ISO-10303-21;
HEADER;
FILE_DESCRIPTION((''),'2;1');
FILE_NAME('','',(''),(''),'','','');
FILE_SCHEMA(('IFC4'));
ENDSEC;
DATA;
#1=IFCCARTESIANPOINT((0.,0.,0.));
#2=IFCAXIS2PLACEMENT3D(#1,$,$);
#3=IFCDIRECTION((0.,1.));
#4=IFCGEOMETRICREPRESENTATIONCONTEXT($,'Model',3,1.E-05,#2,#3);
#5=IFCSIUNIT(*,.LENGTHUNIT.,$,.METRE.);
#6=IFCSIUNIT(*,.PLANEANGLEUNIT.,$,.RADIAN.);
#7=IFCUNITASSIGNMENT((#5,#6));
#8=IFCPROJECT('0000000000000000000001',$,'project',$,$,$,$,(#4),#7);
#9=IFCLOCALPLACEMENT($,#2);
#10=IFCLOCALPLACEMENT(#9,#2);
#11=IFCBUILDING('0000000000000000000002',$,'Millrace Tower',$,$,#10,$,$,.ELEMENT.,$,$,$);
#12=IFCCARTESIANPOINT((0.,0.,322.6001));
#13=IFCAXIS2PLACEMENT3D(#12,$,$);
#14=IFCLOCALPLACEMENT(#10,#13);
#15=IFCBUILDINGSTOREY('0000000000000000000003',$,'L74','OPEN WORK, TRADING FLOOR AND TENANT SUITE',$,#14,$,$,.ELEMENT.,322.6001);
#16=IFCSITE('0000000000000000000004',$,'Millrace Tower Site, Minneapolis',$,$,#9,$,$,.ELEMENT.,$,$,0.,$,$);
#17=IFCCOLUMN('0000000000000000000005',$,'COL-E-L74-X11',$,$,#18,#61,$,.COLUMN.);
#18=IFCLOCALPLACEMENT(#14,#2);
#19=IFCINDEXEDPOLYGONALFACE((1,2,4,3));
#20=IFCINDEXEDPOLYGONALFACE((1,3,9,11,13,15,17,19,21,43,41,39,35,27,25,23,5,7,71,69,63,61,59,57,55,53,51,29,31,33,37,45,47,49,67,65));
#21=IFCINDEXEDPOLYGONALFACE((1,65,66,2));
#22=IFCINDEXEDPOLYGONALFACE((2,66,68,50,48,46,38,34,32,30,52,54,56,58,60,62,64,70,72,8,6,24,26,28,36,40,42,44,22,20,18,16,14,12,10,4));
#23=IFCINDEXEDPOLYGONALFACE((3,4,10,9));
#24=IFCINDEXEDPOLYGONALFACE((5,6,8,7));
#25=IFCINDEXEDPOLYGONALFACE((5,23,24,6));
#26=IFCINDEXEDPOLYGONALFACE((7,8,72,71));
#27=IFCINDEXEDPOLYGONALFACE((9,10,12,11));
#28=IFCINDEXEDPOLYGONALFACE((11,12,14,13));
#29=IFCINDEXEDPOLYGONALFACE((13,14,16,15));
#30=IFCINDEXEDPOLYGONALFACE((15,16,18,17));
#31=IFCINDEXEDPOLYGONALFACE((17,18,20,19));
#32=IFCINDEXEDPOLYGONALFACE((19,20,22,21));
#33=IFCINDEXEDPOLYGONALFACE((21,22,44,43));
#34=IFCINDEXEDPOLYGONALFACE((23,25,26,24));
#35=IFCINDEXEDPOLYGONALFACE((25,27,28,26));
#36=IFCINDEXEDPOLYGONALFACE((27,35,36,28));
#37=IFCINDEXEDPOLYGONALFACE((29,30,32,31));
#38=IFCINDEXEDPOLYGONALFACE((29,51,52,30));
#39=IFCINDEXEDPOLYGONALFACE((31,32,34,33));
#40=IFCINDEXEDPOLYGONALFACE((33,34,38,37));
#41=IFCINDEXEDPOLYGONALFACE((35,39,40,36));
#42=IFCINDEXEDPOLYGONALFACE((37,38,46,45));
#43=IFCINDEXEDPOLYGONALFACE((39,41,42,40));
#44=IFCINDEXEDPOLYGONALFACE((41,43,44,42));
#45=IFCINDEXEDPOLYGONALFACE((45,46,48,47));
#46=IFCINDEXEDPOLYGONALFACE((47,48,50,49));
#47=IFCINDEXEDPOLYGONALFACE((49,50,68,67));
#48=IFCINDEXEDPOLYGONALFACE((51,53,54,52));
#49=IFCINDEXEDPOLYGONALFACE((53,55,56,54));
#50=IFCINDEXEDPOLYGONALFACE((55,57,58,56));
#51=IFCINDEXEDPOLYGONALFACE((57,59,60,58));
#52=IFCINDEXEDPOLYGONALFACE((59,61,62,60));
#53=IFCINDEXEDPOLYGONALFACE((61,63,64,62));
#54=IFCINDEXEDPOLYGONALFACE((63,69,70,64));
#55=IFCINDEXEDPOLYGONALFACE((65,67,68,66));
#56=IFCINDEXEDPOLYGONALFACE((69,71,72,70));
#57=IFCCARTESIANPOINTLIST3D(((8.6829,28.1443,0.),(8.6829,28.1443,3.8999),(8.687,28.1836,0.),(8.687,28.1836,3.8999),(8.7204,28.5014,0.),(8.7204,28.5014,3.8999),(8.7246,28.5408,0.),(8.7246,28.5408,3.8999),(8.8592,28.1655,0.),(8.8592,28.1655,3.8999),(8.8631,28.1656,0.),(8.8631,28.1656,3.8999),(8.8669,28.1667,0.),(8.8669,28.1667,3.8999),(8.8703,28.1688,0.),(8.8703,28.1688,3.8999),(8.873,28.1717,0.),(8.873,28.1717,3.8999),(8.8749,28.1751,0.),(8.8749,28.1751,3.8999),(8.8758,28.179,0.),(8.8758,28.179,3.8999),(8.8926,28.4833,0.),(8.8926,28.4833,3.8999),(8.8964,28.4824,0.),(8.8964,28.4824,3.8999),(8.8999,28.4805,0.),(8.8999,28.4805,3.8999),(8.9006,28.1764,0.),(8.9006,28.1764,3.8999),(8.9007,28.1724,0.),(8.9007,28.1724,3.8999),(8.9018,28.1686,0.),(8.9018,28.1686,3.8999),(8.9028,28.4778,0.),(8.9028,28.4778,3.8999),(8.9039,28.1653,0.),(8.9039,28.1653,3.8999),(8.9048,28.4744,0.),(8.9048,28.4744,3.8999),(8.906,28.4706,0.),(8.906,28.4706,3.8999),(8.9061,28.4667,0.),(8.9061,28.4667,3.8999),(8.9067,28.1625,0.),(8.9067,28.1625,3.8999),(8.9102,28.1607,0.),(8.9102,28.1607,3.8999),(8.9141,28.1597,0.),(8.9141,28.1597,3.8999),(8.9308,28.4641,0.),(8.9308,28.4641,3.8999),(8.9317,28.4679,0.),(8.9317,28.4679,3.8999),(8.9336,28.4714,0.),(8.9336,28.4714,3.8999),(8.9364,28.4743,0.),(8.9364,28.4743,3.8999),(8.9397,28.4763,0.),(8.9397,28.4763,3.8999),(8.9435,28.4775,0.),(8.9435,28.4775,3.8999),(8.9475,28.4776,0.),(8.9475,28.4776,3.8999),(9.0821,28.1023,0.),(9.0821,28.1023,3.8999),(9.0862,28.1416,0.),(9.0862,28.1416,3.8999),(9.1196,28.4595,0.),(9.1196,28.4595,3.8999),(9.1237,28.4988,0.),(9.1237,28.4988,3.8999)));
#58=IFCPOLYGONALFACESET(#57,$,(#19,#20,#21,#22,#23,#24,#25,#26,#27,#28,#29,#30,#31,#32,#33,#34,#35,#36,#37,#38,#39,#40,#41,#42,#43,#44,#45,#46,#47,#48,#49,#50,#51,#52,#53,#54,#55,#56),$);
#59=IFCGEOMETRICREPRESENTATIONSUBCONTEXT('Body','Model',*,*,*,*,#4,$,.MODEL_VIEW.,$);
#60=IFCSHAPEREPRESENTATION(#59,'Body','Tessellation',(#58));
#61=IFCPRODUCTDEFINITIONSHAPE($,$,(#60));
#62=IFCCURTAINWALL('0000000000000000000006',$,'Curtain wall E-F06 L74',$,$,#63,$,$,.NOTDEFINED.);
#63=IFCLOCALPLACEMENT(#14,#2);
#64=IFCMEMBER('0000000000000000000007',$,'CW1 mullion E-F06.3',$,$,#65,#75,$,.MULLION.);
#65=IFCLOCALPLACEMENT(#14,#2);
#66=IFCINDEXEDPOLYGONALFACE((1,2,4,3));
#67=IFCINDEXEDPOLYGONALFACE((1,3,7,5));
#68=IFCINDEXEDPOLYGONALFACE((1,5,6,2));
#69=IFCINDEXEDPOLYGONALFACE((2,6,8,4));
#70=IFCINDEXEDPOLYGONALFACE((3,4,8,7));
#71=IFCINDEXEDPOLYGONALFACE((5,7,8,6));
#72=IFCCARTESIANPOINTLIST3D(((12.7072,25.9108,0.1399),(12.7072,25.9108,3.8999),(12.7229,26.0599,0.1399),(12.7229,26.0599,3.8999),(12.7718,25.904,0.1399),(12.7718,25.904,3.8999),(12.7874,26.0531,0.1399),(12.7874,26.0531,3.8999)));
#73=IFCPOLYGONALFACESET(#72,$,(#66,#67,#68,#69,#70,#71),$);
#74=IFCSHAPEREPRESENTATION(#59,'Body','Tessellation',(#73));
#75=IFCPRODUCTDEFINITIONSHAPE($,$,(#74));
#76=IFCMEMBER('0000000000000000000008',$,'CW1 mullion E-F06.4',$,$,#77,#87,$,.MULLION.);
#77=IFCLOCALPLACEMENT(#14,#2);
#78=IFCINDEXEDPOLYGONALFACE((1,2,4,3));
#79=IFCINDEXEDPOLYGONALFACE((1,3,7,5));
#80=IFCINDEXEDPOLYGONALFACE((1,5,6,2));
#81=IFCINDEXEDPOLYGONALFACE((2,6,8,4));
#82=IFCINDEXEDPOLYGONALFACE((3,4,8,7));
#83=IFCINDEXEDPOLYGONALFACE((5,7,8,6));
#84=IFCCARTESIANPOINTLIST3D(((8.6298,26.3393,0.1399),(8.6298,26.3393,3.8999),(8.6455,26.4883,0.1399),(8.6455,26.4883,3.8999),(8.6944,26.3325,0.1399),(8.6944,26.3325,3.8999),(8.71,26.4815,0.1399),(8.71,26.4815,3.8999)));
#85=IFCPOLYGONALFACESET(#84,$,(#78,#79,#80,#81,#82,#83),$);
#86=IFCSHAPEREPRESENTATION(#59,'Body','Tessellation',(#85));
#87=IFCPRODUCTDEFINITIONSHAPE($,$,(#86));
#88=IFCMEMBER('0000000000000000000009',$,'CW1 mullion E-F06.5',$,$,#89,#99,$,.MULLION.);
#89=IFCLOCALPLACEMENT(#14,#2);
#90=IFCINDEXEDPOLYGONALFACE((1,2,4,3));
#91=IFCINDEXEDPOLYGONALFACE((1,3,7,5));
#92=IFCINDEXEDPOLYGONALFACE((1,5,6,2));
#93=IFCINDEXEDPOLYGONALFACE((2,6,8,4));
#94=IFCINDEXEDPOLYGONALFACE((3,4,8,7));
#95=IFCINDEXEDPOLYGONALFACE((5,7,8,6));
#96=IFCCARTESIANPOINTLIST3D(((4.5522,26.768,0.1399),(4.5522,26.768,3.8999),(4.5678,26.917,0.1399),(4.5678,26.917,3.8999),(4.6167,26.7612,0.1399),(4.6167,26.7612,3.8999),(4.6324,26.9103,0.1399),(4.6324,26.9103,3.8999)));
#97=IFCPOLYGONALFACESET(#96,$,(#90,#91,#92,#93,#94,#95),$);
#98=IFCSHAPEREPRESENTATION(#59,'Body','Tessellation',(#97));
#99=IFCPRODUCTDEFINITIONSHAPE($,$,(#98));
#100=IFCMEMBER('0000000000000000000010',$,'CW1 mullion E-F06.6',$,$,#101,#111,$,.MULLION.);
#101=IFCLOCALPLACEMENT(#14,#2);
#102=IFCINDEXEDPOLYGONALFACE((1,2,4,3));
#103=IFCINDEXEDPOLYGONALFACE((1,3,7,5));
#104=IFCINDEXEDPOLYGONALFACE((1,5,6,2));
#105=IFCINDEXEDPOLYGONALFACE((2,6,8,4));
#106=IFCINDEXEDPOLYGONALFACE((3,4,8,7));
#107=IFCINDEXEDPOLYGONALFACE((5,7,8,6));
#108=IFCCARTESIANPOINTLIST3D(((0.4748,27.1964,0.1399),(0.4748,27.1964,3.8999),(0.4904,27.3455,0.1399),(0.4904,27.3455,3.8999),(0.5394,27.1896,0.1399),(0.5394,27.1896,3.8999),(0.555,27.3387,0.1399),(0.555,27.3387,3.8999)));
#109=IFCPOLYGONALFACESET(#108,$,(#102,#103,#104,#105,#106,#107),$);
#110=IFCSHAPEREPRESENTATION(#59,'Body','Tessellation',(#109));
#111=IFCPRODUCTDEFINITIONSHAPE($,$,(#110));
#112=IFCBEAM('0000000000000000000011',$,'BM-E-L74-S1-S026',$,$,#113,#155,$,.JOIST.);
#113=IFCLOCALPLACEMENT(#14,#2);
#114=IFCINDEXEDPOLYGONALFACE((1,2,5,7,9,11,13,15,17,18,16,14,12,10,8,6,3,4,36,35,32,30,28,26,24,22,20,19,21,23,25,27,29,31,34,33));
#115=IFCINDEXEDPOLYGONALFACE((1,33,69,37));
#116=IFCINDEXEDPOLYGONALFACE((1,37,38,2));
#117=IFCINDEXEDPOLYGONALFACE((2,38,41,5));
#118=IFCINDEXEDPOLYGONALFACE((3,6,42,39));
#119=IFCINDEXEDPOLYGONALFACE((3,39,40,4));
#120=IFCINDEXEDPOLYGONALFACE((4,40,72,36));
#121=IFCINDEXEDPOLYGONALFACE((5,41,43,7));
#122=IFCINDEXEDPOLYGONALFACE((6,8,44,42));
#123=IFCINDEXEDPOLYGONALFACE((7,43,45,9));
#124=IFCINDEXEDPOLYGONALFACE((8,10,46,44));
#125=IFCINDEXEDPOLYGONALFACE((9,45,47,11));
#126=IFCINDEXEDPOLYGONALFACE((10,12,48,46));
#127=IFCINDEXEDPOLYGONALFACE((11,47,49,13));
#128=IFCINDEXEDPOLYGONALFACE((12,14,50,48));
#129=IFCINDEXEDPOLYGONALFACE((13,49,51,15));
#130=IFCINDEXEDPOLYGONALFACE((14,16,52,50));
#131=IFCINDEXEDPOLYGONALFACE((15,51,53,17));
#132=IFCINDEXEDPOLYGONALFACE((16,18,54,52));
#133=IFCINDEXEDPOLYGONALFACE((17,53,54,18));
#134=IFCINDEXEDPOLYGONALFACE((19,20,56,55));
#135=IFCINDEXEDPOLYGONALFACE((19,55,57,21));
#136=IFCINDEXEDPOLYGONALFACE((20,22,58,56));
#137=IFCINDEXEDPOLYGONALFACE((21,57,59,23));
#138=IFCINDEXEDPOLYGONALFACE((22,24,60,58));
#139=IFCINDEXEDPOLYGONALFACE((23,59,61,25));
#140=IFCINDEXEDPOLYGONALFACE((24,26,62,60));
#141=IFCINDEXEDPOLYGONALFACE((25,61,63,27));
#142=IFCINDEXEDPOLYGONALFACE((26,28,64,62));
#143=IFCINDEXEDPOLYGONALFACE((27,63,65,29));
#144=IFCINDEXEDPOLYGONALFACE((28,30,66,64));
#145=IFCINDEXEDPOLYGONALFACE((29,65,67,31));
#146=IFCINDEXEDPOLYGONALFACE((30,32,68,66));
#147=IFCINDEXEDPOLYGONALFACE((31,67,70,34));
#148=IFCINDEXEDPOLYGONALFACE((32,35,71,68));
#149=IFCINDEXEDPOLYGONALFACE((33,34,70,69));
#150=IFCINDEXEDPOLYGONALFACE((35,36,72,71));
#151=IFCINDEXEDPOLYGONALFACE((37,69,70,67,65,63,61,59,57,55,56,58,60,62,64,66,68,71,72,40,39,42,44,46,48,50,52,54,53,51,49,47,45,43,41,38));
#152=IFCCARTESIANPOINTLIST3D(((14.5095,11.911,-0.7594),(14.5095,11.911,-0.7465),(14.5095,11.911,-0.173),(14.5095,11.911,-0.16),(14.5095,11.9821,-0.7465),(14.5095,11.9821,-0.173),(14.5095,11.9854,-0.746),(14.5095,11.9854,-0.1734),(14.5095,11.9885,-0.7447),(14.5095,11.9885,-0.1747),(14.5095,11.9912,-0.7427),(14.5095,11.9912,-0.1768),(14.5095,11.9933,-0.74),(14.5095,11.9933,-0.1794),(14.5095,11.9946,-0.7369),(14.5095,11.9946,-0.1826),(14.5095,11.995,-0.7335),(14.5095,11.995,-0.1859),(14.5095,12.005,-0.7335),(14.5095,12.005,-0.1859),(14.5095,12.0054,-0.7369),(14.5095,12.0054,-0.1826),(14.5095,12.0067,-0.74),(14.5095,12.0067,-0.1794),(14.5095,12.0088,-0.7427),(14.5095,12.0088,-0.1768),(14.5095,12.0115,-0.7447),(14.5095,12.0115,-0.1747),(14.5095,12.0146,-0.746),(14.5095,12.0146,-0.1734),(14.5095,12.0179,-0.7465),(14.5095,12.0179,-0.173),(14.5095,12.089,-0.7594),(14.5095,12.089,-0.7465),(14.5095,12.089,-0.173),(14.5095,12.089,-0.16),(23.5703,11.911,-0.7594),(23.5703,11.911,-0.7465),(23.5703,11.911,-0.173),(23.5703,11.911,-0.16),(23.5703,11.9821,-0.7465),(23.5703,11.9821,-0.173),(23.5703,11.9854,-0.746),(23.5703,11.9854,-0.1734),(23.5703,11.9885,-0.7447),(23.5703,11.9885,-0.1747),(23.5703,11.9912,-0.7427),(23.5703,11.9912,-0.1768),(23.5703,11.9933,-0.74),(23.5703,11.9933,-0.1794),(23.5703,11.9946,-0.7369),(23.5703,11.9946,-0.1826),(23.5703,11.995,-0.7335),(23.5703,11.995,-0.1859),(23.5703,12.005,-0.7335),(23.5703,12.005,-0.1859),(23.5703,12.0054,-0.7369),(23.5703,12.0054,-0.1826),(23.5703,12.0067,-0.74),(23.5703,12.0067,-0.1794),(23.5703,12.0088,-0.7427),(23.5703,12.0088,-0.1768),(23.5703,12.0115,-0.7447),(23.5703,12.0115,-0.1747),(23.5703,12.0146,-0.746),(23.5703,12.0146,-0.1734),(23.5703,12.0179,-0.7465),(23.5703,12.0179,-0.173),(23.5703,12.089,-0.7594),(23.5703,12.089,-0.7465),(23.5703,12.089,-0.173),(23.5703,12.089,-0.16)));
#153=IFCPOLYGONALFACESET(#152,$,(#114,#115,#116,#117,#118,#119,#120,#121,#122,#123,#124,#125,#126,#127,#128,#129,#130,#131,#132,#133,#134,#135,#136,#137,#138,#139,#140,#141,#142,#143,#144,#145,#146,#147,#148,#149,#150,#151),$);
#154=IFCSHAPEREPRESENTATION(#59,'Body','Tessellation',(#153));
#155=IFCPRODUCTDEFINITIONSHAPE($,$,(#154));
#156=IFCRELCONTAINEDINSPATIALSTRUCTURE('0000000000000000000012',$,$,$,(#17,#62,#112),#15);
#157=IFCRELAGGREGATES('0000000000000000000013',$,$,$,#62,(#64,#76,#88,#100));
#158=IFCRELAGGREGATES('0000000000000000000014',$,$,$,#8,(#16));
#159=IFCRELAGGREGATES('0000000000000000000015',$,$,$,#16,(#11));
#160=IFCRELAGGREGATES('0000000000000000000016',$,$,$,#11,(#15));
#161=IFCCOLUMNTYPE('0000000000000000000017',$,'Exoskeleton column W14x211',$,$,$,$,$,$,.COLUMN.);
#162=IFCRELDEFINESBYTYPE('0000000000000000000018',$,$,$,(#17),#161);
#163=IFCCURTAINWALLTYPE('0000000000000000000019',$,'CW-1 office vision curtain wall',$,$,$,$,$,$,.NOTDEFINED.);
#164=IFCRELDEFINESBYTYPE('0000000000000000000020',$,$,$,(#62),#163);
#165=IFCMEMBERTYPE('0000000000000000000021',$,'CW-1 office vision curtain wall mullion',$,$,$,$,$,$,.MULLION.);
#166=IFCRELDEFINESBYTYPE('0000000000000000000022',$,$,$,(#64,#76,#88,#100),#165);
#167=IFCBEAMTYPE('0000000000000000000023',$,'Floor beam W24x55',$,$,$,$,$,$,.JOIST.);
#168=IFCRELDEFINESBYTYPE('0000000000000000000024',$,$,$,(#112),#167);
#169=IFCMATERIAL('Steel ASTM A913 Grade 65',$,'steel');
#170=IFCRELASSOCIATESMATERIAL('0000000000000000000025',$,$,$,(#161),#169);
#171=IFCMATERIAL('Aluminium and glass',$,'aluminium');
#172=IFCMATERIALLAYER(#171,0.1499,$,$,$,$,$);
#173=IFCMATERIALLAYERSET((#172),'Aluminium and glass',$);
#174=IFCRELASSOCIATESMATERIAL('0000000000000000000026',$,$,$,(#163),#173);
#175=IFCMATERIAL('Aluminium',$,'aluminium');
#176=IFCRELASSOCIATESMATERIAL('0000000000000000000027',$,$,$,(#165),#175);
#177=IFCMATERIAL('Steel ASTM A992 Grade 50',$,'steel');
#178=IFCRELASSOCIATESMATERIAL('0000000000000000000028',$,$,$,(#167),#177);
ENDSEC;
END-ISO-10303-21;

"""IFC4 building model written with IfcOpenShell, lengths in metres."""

from ifc_helpers import new_model, si_unit, direction, frame, origin, origin_2d, place, context, subcontext, project, spatial, rectangle, i_section, extrude, material, layer, layer_set, material_profile, profile_set, type_object, element, aggregate, save


model = new_model("IFC4")

# Units and contexts
model_context = context("Model", 3, precision=1e-05, world=origin(), true_north=direction((0.0, 1.0)))
body_context = subcontext(model_context, "Body", "Model", "MODEL_VIEW")
ifc_project = project(units=[si_unit("LENGTHUNIT", "METRE"), si_unit("PLANEANGLEUNIT", "RADIAN")], contexts=[model_context])

# Site, building, storey
site_placement = place(None, origin())
site = spatial("IfcSite", under=ifc_project, at=site_placement, Name="Millrace Tower Site, Minneapolis", CompositionType="ELEMENT", RefElevation=0.0)
building_placement = place(site_placement, origin())
building = spatial("IfcBuilding", under=site, at=building_placement, Name="Millrace Tower", CompositionType="ELEMENT")
storey_placement = place(building_placement, frame((0.0, 0.0, 322.6001)))
storey = spatial("IfcBuildingStorey", under=building, at=storey_placement, Name="L74", Description="OPEN WORK, TRADING FLOOR AND TENANT SUITE", CompositionType="ELEMENT", Elevation=322.6001)

# Column
ifc_material_1 = material(Name="Steel ASTM A913 Grade 65", Category="steel")
ifc_material_profile_1 = material_profile(ifc_material_1, i_section(OverallWidth=0.4014, OverallDepth=0.3987, WebThickness=0.0249, FlangeThickness=0.0396, FilletRadius=0.0151, at=origin_2d()))
ifc_profile_set_1 = profile_set([ifc_material_profile_1], Name="Steel ASTM A913 Grade 65")
column_type = type_object("IfcColumnType", Name="Exoskeleton column W14x211", PredefinedType="COLUMN", material=ifc_profile_set_1)
column_placement = place(storey_placement, frame((8.9033, 28.3215, 0.0), z_axis=(0.0, 0.0, 1.0), x_axis=(-0.994522, 0.104528, 0.0)))
element("IfcColumn", 1, at=column_placement, inside=storey, type_object=column_type, Name="COL-E-L74-X11", PredefinedType="COLUMN", context=body_context, shape_type="SweptSolid", body=[
    extrude(i_section(OverallWidth=0.4014, OverallDepth=0.3987, WebThickness=0.0249, FlangeThickness=0.0396, FilletRadius=0.0151, at=origin_2d()), origin(), (0.0, 0.0, 1.0), 3.8999),
])

# Curtain wall, members
ifc_material_2 = material(Name="Aluminium and glass", Category="aluminium")
ifc_layer_1 = layer(ifc_material_2, 0.1499)
ifc_layer_set_1 = layer_set([ifc_layer_1], Name="Aluminium and glass")
curtain_wall_type = type_object("IfcCurtainWallType", Name="CW-1 office vision curtain wall", PredefinedType="NOTDEFINED", material=ifc_layer_set_1)
curtain_wall_placement = place(storey_placement, origin())
curtain_wall = element("IfcCurtainWall", 2, at=curtain_wall_placement, inside=storey, type_object=curtain_wall_type, Name="Curtain wall E-F06 L74", PredefinedType="NOTDEFINED")
ifc_material_3 = material(Name="Aluminium", Category="aluminium")
ifc_material_profile_2 = material_profile(ifc_material_3, rectangle(XDim=0.0649, YDim=0.1499, at=origin_2d()))
ifc_profile_set_2 = profile_set([ifc_material_profile_2], Name="Aluminium")
member_type = type_object("IfcMemberType", Name="CW-1 office vision curtain wall mullion", PredefinedType="MULLION", material=ifc_profile_set_2)
member_1_placement = place(storey_placement, frame((12.7473, 25.9819, 0.1399), z_axis=(0.0, 0.0, 1.0), x_axis=(-0.994522, 0.104528, 0.0)))
member_1 = element("IfcMember", 3, at=member_1_placement, type_object=member_type, Name="CW1 mullion E-F06.3", PredefinedType="MULLION", context=body_context, shape_type="SweptSolid", body=[
    extrude(rectangle(XDim=0.0649, YDim=0.1499, at=origin_2d()), origin(), (0.0, 0.0, 1.0), 3.76),
])
member_2_placement = place(storey_placement, frame((8.6699, 26.4104, 0.1399), z_axis=(0.0, 0.0, 1.0), x_axis=(-0.994522, 0.104528, 0.0)))
member_2 = element("IfcMember", 4, at=member_2_placement, type_object=member_type, Name="CW1 mullion E-F06.4", PredefinedType="MULLION", context=body_context, shape_type="SweptSolid", body=[
    extrude(rectangle(XDim=0.0649, YDim=0.1499, at=origin_2d()), origin(), (0.0, 0.0, 1.0), 3.76),
])
member_3_placement = place(storey_placement, frame((4.5923, 26.8391, 0.1399), z_axis=(0.0, 0.0, 1.0), x_axis=(-0.994522, 0.104528, 0.0)))
member_3 = element("IfcMember", 5, at=member_3_placement, type_object=member_type, Name="CW1 mullion E-F06.5", PredefinedType="MULLION", context=body_context, shape_type="SweptSolid", body=[
    extrude(rectangle(XDim=0.0649, YDim=0.1499, at=origin_2d()), origin(), (0.0, 0.0, 1.0), 3.76),
])
member_4_placement = place(storey_placement, frame((0.5149, 27.2676, 0.1399), z_axis=(0.0, 0.0, 1.0), x_axis=(-0.994522, 0.104528, 0.0)))
member_4 = element("IfcMember", 6, at=member_4_placement, type_object=member_type, Name="CW1 mullion E-F06.6", PredefinedType="MULLION", context=body_context, shape_type="SweptSolid", body=[
    extrude(rectangle(XDim=0.0649, YDim=0.1499, at=origin_2d()), origin(), (0.0, 0.0, 1.0), 3.76),
])
aggregate(curtain_wall, [member_1, member_2, member_3, member_4])

# Beam
ifc_material_4 = material(Name="Steel ASTM A992 Grade 50", Category="steel")
ifc_material_profile_3 = material_profile(ifc_material_4, i_section(OverallWidth=0.178, OverallDepth=0.5994, WebThickness=0.01, FlangeThickness=0.0129, FilletRadius=0.0129, at=origin_2d()))
ifc_profile_set_3 = profile_set([ifc_material_profile_3], Name="Steel ASTM A992 Grade 50")
beam_type_1 = type_object("IfcBeamType", Name="Floor beam W24x55", PredefinedType="JOIST", material=ifc_profile_set_3)
beam_1_placement = place(storey_placement, frame((14.5095, 12.0, -0.4597), z_axis=(1.0, 0.0, 0.0), x_axis=(0.0, 1.0, 0.0)))
element("IfcBeam", 7, at=beam_1_placement, inside=storey, type_object=beam_type_1, Name="BM-E-L74-S1-S026", PredefinedType="JOIST", context=body_context, shape_type="SweptSolid", body=[
    extrude(i_section(OverallWidth=0.178, OverallDepth=0.5994, WebThickness=0.01, FlangeThickness=0.0129, FilletRadius=0.0129, at=origin_2d()), origin(), (0.0, 0.0, 1.0), 9.0608),
])

save(model, "model.ifc")
